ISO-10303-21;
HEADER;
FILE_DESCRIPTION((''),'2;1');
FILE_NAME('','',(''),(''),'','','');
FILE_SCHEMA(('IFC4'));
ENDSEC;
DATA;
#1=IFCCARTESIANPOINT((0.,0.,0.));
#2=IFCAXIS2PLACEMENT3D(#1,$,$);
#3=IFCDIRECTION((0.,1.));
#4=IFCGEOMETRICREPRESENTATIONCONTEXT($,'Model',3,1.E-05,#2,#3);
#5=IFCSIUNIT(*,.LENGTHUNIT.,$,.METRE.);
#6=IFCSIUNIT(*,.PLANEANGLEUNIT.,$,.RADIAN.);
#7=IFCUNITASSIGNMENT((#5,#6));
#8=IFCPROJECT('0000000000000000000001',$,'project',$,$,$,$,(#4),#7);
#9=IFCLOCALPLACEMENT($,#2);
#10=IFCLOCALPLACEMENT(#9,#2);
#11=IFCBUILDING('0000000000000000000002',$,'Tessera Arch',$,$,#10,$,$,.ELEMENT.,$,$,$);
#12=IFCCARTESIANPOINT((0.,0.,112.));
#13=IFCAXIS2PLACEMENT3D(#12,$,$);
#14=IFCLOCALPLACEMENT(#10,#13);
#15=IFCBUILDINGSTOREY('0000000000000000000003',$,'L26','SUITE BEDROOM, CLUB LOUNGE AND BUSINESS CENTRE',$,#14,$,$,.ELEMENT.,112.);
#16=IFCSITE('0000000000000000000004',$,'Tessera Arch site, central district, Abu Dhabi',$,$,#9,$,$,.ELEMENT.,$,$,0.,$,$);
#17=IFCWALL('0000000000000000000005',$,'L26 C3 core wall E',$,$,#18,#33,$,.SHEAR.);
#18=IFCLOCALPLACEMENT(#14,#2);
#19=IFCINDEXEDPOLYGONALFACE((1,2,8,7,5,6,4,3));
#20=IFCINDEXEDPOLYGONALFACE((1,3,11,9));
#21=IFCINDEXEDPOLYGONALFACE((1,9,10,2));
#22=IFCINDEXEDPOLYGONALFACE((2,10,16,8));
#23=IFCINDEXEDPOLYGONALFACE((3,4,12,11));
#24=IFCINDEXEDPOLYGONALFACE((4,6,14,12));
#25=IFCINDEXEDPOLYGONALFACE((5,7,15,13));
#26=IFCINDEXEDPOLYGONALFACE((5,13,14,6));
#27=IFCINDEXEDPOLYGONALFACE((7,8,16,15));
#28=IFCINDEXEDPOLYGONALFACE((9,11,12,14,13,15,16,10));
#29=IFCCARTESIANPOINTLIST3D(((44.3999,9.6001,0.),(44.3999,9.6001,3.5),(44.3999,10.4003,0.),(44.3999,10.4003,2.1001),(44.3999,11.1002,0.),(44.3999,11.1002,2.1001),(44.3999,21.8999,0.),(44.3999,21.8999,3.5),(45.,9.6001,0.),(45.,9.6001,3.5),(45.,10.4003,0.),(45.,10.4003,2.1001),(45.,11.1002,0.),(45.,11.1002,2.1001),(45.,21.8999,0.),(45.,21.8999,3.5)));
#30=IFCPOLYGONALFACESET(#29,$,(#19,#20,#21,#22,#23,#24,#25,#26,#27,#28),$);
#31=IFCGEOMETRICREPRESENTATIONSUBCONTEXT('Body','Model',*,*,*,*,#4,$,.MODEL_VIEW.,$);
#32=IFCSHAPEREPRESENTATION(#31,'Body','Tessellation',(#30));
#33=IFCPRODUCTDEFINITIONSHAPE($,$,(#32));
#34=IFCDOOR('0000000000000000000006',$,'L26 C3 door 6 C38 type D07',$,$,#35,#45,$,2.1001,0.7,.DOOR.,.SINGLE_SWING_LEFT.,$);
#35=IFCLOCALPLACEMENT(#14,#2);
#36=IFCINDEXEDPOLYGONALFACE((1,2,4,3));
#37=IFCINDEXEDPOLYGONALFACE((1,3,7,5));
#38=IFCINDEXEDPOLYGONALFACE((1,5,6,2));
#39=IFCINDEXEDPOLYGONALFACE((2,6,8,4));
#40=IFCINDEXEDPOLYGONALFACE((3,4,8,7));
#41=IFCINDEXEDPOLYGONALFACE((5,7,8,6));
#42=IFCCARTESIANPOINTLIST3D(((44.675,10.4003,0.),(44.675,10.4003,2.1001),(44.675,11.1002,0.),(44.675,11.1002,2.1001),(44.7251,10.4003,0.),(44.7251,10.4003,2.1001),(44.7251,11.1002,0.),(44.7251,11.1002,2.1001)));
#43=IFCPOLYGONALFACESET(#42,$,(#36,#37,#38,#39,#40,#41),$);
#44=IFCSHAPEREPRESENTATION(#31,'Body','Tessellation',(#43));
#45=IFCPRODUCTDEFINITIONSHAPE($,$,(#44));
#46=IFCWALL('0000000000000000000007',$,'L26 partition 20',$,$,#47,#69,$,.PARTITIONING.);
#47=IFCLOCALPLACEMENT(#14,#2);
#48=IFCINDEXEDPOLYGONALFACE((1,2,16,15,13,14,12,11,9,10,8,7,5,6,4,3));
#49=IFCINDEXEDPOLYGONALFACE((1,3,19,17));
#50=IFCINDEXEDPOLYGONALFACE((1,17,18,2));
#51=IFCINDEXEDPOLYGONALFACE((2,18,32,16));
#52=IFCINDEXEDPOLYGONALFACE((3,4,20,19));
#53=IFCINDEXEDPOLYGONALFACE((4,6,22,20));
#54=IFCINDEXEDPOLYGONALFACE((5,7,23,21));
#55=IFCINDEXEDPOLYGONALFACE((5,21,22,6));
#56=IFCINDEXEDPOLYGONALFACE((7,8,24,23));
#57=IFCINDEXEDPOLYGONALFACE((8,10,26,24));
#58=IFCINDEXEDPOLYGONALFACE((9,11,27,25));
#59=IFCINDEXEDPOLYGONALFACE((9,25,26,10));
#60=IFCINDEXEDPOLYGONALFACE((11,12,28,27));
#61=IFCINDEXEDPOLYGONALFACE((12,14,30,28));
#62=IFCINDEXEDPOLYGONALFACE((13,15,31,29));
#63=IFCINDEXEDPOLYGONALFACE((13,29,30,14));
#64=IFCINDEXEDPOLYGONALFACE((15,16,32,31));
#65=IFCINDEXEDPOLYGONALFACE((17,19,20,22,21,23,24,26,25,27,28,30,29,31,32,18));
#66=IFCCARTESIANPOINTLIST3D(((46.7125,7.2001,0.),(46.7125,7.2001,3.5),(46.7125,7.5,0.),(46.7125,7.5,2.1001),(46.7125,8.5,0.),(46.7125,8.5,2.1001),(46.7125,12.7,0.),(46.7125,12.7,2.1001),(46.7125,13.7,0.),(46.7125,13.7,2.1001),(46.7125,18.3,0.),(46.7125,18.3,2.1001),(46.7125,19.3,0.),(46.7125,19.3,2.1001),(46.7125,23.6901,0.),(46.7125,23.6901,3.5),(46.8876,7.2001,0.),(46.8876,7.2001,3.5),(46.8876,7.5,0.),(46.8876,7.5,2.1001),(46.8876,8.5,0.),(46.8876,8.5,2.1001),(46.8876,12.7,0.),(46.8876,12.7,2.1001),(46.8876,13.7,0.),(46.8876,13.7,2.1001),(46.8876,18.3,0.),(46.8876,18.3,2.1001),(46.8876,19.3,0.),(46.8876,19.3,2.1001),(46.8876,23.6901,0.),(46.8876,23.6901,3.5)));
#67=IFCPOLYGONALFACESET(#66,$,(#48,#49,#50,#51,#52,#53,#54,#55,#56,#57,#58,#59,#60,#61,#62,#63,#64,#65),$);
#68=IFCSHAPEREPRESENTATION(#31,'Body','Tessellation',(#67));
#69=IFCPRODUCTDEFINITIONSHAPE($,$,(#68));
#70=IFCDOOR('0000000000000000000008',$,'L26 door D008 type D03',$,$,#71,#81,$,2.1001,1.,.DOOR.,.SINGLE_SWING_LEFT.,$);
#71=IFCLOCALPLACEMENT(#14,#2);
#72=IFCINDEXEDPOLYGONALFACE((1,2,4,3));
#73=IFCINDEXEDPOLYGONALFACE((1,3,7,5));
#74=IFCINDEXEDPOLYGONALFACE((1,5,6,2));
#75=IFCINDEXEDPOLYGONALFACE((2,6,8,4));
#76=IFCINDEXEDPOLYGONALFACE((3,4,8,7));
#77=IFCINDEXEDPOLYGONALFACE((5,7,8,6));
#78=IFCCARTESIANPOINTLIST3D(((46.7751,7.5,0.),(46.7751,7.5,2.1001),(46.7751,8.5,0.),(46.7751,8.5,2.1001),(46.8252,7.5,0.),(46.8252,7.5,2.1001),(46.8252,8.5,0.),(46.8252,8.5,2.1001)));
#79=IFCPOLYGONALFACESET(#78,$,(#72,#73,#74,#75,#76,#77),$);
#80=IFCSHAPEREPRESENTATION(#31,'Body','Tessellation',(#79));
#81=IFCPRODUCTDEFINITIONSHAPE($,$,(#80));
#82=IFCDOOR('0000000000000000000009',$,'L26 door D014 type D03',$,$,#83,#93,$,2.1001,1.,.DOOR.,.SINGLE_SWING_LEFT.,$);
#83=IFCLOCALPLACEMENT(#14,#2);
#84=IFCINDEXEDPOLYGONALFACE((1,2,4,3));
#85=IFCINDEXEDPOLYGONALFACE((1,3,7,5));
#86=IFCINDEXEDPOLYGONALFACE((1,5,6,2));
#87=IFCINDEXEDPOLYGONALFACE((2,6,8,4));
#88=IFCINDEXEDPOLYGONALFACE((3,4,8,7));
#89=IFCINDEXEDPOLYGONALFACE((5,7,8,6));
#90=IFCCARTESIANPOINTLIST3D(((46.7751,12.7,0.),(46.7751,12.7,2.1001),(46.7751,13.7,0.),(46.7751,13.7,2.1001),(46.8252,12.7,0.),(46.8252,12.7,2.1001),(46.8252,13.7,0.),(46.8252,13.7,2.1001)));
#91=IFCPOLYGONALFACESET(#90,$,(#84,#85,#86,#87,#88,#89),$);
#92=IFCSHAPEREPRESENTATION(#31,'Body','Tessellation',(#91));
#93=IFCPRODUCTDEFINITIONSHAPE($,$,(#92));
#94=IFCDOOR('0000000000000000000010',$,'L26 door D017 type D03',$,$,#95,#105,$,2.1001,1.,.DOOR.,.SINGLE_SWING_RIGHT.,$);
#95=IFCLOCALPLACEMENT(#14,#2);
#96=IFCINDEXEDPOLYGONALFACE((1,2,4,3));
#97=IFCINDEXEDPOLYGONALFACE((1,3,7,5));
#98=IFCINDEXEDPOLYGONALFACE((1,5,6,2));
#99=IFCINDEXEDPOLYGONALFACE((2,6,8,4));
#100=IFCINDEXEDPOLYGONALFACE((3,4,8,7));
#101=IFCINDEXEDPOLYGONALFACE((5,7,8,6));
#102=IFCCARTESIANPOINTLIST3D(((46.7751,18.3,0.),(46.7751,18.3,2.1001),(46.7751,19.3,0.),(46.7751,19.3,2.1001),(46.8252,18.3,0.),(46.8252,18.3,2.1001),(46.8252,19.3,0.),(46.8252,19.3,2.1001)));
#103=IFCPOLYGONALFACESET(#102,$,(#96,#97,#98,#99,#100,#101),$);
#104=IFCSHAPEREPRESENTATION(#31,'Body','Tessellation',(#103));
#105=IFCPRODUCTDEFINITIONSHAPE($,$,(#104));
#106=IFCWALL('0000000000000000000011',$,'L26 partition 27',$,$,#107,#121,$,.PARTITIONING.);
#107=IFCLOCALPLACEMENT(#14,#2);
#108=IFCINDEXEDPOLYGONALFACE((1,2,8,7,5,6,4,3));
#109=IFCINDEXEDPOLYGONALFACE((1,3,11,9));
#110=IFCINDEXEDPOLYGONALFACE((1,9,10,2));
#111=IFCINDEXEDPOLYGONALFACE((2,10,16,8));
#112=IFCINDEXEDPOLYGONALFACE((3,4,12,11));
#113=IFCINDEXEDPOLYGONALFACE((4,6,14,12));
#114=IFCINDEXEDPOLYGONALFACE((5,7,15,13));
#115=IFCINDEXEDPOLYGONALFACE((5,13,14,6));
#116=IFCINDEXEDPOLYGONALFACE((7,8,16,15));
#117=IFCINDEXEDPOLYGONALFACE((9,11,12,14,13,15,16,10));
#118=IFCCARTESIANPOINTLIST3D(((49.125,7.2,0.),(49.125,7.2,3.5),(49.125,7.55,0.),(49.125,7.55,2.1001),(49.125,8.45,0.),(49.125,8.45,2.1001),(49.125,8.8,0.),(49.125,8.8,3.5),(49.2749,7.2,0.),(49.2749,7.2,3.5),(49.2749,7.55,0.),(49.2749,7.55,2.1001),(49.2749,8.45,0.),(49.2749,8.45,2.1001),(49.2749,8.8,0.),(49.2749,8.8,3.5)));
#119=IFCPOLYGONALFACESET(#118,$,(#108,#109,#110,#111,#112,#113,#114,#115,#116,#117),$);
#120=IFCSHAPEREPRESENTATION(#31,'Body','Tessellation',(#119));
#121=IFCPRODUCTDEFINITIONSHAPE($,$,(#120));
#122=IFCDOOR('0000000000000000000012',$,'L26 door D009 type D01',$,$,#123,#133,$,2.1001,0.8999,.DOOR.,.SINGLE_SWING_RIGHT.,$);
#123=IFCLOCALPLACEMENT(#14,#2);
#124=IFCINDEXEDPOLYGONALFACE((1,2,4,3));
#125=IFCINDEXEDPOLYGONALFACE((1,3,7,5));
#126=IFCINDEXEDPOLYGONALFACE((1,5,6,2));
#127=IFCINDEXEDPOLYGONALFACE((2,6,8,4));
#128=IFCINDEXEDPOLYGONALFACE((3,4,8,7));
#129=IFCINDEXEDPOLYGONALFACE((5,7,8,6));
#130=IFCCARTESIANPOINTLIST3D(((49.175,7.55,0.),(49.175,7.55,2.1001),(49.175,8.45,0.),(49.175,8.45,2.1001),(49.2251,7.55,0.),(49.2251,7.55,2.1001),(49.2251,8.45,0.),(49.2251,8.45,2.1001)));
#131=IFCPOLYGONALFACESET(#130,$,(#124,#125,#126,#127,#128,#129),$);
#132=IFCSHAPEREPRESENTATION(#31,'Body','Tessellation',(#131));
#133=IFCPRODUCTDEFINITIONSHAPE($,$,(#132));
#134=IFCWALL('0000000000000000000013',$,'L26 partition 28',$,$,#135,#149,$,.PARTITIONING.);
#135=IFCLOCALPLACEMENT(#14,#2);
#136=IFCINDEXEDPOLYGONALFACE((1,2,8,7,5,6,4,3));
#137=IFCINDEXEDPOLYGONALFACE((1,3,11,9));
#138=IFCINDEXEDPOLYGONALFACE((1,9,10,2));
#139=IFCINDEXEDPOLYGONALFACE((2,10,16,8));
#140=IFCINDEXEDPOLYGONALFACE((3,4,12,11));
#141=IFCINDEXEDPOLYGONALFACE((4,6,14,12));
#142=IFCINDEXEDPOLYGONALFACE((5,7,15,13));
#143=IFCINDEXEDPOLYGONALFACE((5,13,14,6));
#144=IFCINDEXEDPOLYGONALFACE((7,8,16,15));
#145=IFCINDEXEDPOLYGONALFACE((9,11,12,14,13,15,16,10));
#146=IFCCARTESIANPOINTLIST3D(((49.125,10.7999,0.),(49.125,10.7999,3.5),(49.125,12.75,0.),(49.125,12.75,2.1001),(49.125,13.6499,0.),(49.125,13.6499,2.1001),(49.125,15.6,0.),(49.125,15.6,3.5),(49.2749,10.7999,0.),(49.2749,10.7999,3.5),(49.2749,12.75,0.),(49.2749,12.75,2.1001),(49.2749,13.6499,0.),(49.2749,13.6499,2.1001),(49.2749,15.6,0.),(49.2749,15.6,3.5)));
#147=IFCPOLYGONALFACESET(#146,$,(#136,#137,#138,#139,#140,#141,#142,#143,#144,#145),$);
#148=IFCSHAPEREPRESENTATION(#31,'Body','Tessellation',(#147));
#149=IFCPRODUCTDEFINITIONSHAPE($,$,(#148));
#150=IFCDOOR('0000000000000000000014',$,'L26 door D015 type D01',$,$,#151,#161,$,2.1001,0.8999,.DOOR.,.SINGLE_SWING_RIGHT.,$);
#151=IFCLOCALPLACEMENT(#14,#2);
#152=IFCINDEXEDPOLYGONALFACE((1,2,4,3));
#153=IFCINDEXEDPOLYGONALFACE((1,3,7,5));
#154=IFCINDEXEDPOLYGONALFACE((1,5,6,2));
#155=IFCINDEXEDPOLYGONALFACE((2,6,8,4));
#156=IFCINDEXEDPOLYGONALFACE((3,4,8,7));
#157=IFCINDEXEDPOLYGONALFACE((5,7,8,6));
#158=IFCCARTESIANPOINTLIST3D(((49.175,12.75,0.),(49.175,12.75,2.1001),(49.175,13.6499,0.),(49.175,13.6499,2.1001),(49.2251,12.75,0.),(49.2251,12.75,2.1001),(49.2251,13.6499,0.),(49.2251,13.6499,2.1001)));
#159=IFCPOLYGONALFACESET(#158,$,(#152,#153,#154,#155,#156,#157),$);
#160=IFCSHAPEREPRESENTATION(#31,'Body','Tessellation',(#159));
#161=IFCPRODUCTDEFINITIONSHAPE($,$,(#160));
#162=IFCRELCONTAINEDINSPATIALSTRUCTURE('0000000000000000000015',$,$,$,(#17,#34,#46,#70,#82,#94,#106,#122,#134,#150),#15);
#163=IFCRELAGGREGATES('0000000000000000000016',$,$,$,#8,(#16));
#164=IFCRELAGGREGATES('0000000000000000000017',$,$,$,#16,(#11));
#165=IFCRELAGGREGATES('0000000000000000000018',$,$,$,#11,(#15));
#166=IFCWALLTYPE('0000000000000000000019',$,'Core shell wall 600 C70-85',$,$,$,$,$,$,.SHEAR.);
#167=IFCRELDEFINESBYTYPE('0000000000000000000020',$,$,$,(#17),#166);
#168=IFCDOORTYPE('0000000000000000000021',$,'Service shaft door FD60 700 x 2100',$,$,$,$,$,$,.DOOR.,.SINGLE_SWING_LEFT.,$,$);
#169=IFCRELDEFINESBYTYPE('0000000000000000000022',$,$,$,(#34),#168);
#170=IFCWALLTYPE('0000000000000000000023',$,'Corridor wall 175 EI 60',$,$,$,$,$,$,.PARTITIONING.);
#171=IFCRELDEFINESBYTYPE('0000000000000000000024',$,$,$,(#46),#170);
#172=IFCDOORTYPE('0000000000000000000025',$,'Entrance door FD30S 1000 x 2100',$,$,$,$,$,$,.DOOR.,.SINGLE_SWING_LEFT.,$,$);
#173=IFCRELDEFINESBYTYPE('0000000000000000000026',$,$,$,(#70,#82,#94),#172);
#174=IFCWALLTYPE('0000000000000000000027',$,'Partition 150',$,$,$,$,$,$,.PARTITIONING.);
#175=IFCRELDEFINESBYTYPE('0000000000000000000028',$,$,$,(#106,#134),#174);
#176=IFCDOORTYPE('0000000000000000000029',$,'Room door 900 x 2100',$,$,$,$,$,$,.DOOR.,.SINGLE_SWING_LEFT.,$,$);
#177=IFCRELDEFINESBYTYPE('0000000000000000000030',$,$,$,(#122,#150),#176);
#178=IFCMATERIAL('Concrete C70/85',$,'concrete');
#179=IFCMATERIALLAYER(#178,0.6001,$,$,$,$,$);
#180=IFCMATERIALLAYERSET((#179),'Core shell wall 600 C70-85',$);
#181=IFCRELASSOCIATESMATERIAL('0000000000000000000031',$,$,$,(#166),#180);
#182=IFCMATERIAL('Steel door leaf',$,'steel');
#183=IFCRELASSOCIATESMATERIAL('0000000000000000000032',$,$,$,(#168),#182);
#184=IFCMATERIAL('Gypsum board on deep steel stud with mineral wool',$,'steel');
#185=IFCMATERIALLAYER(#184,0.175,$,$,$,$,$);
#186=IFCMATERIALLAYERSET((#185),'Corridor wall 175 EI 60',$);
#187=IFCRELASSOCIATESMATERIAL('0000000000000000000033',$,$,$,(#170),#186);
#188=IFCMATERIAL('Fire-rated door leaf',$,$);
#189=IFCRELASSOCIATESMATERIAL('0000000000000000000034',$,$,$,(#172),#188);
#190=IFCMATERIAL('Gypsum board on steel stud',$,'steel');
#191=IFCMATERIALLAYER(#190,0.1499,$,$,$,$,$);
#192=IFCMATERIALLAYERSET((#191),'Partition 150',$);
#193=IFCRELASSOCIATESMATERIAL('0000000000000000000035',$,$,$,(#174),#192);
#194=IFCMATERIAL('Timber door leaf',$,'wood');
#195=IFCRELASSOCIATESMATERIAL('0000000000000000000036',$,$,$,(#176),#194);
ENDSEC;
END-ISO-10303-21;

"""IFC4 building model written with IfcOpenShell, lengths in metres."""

from ifc_helpers import new_model, si_unit, direction, frame, frame_2d, origin, place, context, subcontext, project, spatial, rectangle, extrude, material, layer, layer_set, type_object, element, fill, save


model = new_model("IFC4")

# Units and contexts
model_context = context("Model", 3, precision=1e-05, world=origin(), true_north=direction((0.0, 1.0)))
body_context = subcontext(model_context, "Body", "Model", "MODEL_VIEW")
ifc_project = project(units=[si_unit("LENGTHUNIT", "METRE"), si_unit("PLANEANGLEUNIT", "RADIAN")], contexts=[model_context])

# Site, building, storey
site_placement = place(None, origin())
site = spatial("IfcSite", under=ifc_project, at=site_placement, Name="Tessera Arch site, central district, Abu Dhabi", CompositionType="ELEMENT", RefElevation=0.0)
building_placement = place(site_placement, origin())
building = spatial("IfcBuilding", under=site, at=building_placement, Name="Tessera Arch", CompositionType="ELEMENT")
storey_placement = place(building_placement, frame((0.0, 0.0, 112.0)))
storey = spatial("IfcBuildingStorey", under=building, at=storey_placement, Name="L26", Description="SUITE BEDROOM, CLUB LOUNGE AND BUSINESS CENTRE", CompositionType="ELEMENT", Elevation=112.0)

# Wall, opening, door
ifc_material_1 = material(Name="Concrete C70/85", Category="concrete")
ifc_layer_1 = layer(ifc_material_1, 0.6001)
ifc_layer_set_1 = layer_set([ifc_layer_1], Name="Core shell wall 600 C70-85")
wall_type_1 = type_object("IfcWallType", Name="Core shell wall 600 C70-85", PredefinedType="SHEAR", material=ifc_layer_set_1)
wall_1_placement = place(storey_placement, frame((44.7, 9.6001, 0.0), z_axis=(0.0, 0.0, 1.0), x_axis=(0.0, 1.0, 0.0)))
wall_1 = element("IfcWall", 1, at=wall_1_placement, inside=storey, type_object=wall_type_1, Name="L26 C3 core wall E", PredefinedType="SHEAR", context=body_context, shape_type="SweptSolid", body=[
    extrude(rectangle(XDim=12.2998, YDim=0.6001, at=frame_2d((6.1499, 0.0))), origin(), (0.0, 0.0, 1.0), 3.5),
])
opening_1_placement = place(wall_1_placement, frame((0.8, 0.0, 0.0)))
opening_1 = element("IfcOpeningElement", 2, at=opening_1_placement, cuts=wall_1, PredefinedType="OPENING", context=body_context, shape_type="SweptSolid", body=[
    extrude(rectangle(XDim=0.7, YDim=2.1001, at=frame_2d((0.3501, 1.05))), frame((0.0, 0.3101, 0.0), z_axis=(0.0, -1.0, 0.0), x_axis=(1.0, 0.0, 0.0)), (0.0, 0.0, 1.0), 0.6201),
])
ifc_material_2 = material(Name="Steel door leaf", Category="steel")
door_type_1 = type_object("IfcDoorType", Name="Service shaft door FD60 700 x 2100", OperationType="SINGLE_SWING_LEFT", PredefinedType="DOOR", material=ifc_material_2)
door_1_placement = place(opening_1_placement, origin())
door_1 = element("IfcDoor", 3, at=door_1_placement, inside=storey, type_object=door_type_1, Name="L26 C3 door 6 C38 type D07", OperationType="SINGLE_SWING_LEFT", OverallHeight=2.1001, OverallWidth=0.7, PredefinedType="DOOR", context=body_context, shape_type="SweptSolid", body=[
    extrude(rectangle(XDim=0.7, YDim=2.1001, at=frame_2d((0.3501, 1.05))), frame((0.0, 0.0249, 0.0), z_axis=(0.0, -1.0, 0.0), x_axis=(1.0, 0.0, 0.0)), (0.0, 0.0, 1.0), 0.05),
])
fill(opening_1, door_1)

# Wall, openings, doors
ifc_material_3 = material(Name="Gypsum board on deep steel stud with mineral wool", Category="steel")
ifc_layer_2 = layer(ifc_material_3, 0.175)
ifc_layer_set_2 = layer_set([ifc_layer_2], Name="Corridor wall 175 EI 60")
wall_type_2 = type_object("IfcWallType", Name="Corridor wall 175 EI 60", PredefinedType="PARTITIONING", material=ifc_layer_set_2)
wall_2_placement = place(storey_placement, frame((46.8, 7.2, 0.0), z_axis=(0.0, 0.0, 1.0), x_axis=(0.0, 1.0, 0.0)))
wall_2 = element("IfcWall", 4, at=wall_2_placement, inside=storey, type_object=wall_type_2, Name="L26 partition 20", PredefinedType="PARTITIONING", context=body_context, shape_type="SweptSolid", body=[
    extrude(rectangle(XDim=16.49, YDim=0.175, at=frame_2d((8.2451, 0.0))), origin(), (0.0, 0.0, 1.0), 3.5),
])
opening_2_placement = place(wall_2_placement, frame((0.3, 0.0, 0.0)))
opening_2 = element("IfcOpeningElement", 5, at=opening_2_placement, cuts=wall_2, PredefinedType="OPENING", context=body_context, shape_type="SweptSolid", body=[
    extrude(rectangle(XDim=1.0, YDim=2.1001, at=frame_2d((0.5, 1.05))), frame((0.0, 0.0974, 0.0), z_axis=(0.0, -1.0, 0.0), x_axis=(1.0, 0.0, 0.0)), (0.0, 0.0, 1.0), 0.1951),
])
opening_3_placement = place(wall_2_placement, frame((5.5, 0.0, 0.0)))
opening_3 = element("IfcOpeningElement", 6, at=opening_3_placement, cuts=wall_2, PredefinedType="OPENING", context=body_context, shape_type="SweptSolid", body=[
    extrude(rectangle(XDim=1.0, YDim=2.1001, at=frame_2d((0.5, 1.05))), frame((0.0, 0.0974, 0.0), z_axis=(0.0, -1.0, 0.0), x_axis=(1.0, 0.0, 0.0)), (0.0, 0.0, 1.0), 0.1951),
])
opening_4_placement = place(wall_2_placement, frame((11.1001, 0.0, 0.0)))
opening_4 = element("IfcOpeningElement", 7, at=opening_4_placement, cuts=wall_2, PredefinedType="OPENING", context=body_context, shape_type="SweptSolid", body=[
    extrude(rectangle(XDim=1.0, YDim=2.1001, at=frame_2d((0.5, 1.05))), frame((0.0, 0.0974, 0.0), z_axis=(0.0, -1.0, 0.0), x_axis=(1.0, 0.0, 0.0)), (0.0, 0.0, 1.0), 0.1951),
])
ifc_material_4 = material(Name="Fire-rated door leaf")
door_type_2 = type_object("IfcDoorType", Name="Entrance door FD30S 1000 x 2100", OperationType="SINGLE_SWING_LEFT", PredefinedType="DOOR", material=ifc_material_4)
door_2_placement = place(opening_2_placement, origin())
door_2 = element("IfcDoor", 8, at=door_2_placement, inside=storey, type_object=door_type_2, Name="L26 door D008 type D03", OperationType="SINGLE_SWING_LEFT", OverallHeight=2.1001, OverallWidth=1.0, PredefinedType="DOOR", context=body_context, shape_type="SweptSolid", body=[
    extrude(rectangle(XDim=1.0, YDim=2.1001, at=frame_2d((0.5, 1.05))), frame((0.0, 0.0249, 0.0), z_axis=(0.0, -1.0, 0.0), x_axis=(1.0, 0.0, 0.0)), (0.0, 0.0, 1.0), 0.05),
])
fill(opening_2, door_2)
door_3_placement = place(opening_3_placement, origin())
door_3 = element("IfcDoor", 9, at=door_3_placement, inside=storey, type_object=door_type_2, Name="L26 door D014 type D03", OperationType="SINGLE_SWING_LEFT", OverallHeight=2.1001, OverallWidth=1.0, PredefinedType="DOOR", context=body_context, shape_type="SweptSolid", body=[
    extrude(rectangle(XDim=1.0, YDim=2.1001, at=frame_2d((0.5, 1.05))), frame((0.0, 0.0249, 0.0), z_axis=(0.0, -1.0, 0.0), x_axis=(1.0, 0.0, 0.0)), (0.0, 0.0, 1.0), 0.05),
])
fill(opening_3, door_3)
door_4_placement = place(opening_4_placement, origin())
door_4 = element("IfcDoor", 10, at=door_4_placement, inside=storey, type_object=door_type_2, Name="L26 door D017 type D03", OperationType="SINGLE_SWING_RIGHT", OverallHeight=2.1001, OverallWidth=1.0, PredefinedType="DOOR", context=body_context, shape_type="SweptSolid", body=[
    extrude(rectangle(XDim=1.0, YDim=2.1001, at=frame_2d((0.5, 1.05))), frame((0.0, 0.0249, 0.0), z_axis=(0.0, -1.0, 0.0), x_axis=(1.0, 0.0, 0.0)), (0.0, 0.0, 1.0), 0.05),
])
fill(opening_4, door_4)

# Walls, openings, doors
ifc_material_5 = material(Name="Gypsum board on steel stud", Category="steel")
ifc_layer_3 = layer(ifc_material_5, 0.1499)
ifc_layer_set_3 = layer_set([ifc_layer_3], Name="Partition 150")
wall_type_3 = type_object("IfcWallType", Name="Partition 150", PredefinedType="PARTITIONING", material=ifc_layer_set_3)
wall_3_placement = place(storey_placement, frame((49.2, 7.2, 0.0), z_axis=(0.0, 0.0, 1.0), x_axis=(0.0, 1.0, 0.0)))
wall_3 = element("IfcWall", 11, at=wall_3_placement, inside=storey, type_object=wall_type_3, Name="L26 partition 27", PredefinedType="PARTITIONING", context=body_context, shape_type="SweptSolid", body=[
    extrude(rectangle(XDim=1.6001, YDim=0.1499, at=frame_2d((0.8, 0.0))), origin(), (0.0, 0.0, 1.0), 3.5),
])
opening_5_placement = place(wall_3_placement, frame((0.3501, 0.0, 0.0)))
opening_5 = element("IfcOpeningElement", 12, at=opening_5_placement, cuts=wall_3, PredefinedType="OPENING", context=body_context, shape_type="SweptSolid", body=[
    extrude(rectangle(XDim=0.8999, YDim=2.1001, at=frame_2d((0.45, 1.05))), frame((0.0, 0.085, 0.0), z_axis=(0.0, -1.0, 0.0), x_axis=(1.0, 0.0, 0.0)), (0.0, 0.0, 1.0), 0.1699),
])
ifc_material_6 = material(Name="Timber door leaf", Category="wood")
door_type_3 = type_object("IfcDoorType", Name="Room door 900 x 2100", OperationType="SINGLE_SWING_LEFT", PredefinedType="DOOR", material=ifc_material_6)
door_5_placement = place(opening_5_placement, origin())
door_5 = element("IfcDoor", 13, at=door_5_placement, inside=storey, type_object=door_type_3, Name="L26 door D009 type D01", OperationType="SINGLE_SWING_RIGHT", OverallHeight=2.1001, OverallWidth=0.8999, PredefinedType="DOOR", context=body_context, shape_type="SweptSolid", body=[
    extrude(rectangle(XDim=0.8999, YDim=2.1001, at=frame_2d((0.45, 1.05))), frame((0.0, 0.0249, 0.0), z_axis=(0.0, -1.0, 0.0), x_axis=(1.0, 0.0, 0.0)), (0.0, 0.0, 1.0), 0.05),
])
fill(opening_5, door_5)
wall_4_placement = place(storey_placement, frame((49.2, 10.8, 0.0), z_axis=(0.0, 0.0, 1.0), x_axis=(0.0, 1.0, 0.0)))
wall_4 = element("IfcWall", 14, at=wall_4_placement, inside=storey, type_object=wall_type_3, Name="L26 partition 28", PredefinedType="PARTITIONING", context=body_context, shape_type="SweptSolid", body=[
    extrude(rectangle(XDim=4.8, YDim=0.1499, at=frame_2d((2.3999, 0.0))), origin(), (0.0, 0.0, 1.0), 3.5),
])
opening_6_placement = place(wall_4_placement, frame((1.95, 0.0, 0.0)))
opening_6 = element("IfcOpeningElement", 15, at=opening_6_placement, cuts=wall_4, PredefinedType="OPENING", context=body_context, shape_type="SweptSolid", body=[
    extrude(rectangle(XDim=0.8999, YDim=2.1001, at=frame_2d((0.45, 1.05))), frame((0.0, 0.085, 0.0), z_axis=(0.0, -1.0, 0.0), x_axis=(1.0, 0.0, 0.0)), (0.0, 0.0, 1.0), 0.1699),
])
door_6_placement = place(opening_6_placement, origin())
door_6 = element("IfcDoor", 16, at=door_6_placement, inside=storey, type_object=door_type_3, Name="L26 door D015 type D01", OperationType="SINGLE_SWING_RIGHT", OverallHeight=2.1001, OverallWidth=0.8999, PredefinedType="DOOR", context=body_context, shape_type="SweptSolid", body=[
    extrude(rectangle(XDim=0.8999, YDim=2.1001, at=frame_2d((0.45, 1.05))), frame((0.0, 0.0249, 0.0), z_axis=(0.0, -1.0, 0.0), x_axis=(1.0, 0.0, 0.0)), (0.0, 0.0, 1.0), 0.05),
])
fill(opening_6, door_6)

save(model, "model.ifc")
